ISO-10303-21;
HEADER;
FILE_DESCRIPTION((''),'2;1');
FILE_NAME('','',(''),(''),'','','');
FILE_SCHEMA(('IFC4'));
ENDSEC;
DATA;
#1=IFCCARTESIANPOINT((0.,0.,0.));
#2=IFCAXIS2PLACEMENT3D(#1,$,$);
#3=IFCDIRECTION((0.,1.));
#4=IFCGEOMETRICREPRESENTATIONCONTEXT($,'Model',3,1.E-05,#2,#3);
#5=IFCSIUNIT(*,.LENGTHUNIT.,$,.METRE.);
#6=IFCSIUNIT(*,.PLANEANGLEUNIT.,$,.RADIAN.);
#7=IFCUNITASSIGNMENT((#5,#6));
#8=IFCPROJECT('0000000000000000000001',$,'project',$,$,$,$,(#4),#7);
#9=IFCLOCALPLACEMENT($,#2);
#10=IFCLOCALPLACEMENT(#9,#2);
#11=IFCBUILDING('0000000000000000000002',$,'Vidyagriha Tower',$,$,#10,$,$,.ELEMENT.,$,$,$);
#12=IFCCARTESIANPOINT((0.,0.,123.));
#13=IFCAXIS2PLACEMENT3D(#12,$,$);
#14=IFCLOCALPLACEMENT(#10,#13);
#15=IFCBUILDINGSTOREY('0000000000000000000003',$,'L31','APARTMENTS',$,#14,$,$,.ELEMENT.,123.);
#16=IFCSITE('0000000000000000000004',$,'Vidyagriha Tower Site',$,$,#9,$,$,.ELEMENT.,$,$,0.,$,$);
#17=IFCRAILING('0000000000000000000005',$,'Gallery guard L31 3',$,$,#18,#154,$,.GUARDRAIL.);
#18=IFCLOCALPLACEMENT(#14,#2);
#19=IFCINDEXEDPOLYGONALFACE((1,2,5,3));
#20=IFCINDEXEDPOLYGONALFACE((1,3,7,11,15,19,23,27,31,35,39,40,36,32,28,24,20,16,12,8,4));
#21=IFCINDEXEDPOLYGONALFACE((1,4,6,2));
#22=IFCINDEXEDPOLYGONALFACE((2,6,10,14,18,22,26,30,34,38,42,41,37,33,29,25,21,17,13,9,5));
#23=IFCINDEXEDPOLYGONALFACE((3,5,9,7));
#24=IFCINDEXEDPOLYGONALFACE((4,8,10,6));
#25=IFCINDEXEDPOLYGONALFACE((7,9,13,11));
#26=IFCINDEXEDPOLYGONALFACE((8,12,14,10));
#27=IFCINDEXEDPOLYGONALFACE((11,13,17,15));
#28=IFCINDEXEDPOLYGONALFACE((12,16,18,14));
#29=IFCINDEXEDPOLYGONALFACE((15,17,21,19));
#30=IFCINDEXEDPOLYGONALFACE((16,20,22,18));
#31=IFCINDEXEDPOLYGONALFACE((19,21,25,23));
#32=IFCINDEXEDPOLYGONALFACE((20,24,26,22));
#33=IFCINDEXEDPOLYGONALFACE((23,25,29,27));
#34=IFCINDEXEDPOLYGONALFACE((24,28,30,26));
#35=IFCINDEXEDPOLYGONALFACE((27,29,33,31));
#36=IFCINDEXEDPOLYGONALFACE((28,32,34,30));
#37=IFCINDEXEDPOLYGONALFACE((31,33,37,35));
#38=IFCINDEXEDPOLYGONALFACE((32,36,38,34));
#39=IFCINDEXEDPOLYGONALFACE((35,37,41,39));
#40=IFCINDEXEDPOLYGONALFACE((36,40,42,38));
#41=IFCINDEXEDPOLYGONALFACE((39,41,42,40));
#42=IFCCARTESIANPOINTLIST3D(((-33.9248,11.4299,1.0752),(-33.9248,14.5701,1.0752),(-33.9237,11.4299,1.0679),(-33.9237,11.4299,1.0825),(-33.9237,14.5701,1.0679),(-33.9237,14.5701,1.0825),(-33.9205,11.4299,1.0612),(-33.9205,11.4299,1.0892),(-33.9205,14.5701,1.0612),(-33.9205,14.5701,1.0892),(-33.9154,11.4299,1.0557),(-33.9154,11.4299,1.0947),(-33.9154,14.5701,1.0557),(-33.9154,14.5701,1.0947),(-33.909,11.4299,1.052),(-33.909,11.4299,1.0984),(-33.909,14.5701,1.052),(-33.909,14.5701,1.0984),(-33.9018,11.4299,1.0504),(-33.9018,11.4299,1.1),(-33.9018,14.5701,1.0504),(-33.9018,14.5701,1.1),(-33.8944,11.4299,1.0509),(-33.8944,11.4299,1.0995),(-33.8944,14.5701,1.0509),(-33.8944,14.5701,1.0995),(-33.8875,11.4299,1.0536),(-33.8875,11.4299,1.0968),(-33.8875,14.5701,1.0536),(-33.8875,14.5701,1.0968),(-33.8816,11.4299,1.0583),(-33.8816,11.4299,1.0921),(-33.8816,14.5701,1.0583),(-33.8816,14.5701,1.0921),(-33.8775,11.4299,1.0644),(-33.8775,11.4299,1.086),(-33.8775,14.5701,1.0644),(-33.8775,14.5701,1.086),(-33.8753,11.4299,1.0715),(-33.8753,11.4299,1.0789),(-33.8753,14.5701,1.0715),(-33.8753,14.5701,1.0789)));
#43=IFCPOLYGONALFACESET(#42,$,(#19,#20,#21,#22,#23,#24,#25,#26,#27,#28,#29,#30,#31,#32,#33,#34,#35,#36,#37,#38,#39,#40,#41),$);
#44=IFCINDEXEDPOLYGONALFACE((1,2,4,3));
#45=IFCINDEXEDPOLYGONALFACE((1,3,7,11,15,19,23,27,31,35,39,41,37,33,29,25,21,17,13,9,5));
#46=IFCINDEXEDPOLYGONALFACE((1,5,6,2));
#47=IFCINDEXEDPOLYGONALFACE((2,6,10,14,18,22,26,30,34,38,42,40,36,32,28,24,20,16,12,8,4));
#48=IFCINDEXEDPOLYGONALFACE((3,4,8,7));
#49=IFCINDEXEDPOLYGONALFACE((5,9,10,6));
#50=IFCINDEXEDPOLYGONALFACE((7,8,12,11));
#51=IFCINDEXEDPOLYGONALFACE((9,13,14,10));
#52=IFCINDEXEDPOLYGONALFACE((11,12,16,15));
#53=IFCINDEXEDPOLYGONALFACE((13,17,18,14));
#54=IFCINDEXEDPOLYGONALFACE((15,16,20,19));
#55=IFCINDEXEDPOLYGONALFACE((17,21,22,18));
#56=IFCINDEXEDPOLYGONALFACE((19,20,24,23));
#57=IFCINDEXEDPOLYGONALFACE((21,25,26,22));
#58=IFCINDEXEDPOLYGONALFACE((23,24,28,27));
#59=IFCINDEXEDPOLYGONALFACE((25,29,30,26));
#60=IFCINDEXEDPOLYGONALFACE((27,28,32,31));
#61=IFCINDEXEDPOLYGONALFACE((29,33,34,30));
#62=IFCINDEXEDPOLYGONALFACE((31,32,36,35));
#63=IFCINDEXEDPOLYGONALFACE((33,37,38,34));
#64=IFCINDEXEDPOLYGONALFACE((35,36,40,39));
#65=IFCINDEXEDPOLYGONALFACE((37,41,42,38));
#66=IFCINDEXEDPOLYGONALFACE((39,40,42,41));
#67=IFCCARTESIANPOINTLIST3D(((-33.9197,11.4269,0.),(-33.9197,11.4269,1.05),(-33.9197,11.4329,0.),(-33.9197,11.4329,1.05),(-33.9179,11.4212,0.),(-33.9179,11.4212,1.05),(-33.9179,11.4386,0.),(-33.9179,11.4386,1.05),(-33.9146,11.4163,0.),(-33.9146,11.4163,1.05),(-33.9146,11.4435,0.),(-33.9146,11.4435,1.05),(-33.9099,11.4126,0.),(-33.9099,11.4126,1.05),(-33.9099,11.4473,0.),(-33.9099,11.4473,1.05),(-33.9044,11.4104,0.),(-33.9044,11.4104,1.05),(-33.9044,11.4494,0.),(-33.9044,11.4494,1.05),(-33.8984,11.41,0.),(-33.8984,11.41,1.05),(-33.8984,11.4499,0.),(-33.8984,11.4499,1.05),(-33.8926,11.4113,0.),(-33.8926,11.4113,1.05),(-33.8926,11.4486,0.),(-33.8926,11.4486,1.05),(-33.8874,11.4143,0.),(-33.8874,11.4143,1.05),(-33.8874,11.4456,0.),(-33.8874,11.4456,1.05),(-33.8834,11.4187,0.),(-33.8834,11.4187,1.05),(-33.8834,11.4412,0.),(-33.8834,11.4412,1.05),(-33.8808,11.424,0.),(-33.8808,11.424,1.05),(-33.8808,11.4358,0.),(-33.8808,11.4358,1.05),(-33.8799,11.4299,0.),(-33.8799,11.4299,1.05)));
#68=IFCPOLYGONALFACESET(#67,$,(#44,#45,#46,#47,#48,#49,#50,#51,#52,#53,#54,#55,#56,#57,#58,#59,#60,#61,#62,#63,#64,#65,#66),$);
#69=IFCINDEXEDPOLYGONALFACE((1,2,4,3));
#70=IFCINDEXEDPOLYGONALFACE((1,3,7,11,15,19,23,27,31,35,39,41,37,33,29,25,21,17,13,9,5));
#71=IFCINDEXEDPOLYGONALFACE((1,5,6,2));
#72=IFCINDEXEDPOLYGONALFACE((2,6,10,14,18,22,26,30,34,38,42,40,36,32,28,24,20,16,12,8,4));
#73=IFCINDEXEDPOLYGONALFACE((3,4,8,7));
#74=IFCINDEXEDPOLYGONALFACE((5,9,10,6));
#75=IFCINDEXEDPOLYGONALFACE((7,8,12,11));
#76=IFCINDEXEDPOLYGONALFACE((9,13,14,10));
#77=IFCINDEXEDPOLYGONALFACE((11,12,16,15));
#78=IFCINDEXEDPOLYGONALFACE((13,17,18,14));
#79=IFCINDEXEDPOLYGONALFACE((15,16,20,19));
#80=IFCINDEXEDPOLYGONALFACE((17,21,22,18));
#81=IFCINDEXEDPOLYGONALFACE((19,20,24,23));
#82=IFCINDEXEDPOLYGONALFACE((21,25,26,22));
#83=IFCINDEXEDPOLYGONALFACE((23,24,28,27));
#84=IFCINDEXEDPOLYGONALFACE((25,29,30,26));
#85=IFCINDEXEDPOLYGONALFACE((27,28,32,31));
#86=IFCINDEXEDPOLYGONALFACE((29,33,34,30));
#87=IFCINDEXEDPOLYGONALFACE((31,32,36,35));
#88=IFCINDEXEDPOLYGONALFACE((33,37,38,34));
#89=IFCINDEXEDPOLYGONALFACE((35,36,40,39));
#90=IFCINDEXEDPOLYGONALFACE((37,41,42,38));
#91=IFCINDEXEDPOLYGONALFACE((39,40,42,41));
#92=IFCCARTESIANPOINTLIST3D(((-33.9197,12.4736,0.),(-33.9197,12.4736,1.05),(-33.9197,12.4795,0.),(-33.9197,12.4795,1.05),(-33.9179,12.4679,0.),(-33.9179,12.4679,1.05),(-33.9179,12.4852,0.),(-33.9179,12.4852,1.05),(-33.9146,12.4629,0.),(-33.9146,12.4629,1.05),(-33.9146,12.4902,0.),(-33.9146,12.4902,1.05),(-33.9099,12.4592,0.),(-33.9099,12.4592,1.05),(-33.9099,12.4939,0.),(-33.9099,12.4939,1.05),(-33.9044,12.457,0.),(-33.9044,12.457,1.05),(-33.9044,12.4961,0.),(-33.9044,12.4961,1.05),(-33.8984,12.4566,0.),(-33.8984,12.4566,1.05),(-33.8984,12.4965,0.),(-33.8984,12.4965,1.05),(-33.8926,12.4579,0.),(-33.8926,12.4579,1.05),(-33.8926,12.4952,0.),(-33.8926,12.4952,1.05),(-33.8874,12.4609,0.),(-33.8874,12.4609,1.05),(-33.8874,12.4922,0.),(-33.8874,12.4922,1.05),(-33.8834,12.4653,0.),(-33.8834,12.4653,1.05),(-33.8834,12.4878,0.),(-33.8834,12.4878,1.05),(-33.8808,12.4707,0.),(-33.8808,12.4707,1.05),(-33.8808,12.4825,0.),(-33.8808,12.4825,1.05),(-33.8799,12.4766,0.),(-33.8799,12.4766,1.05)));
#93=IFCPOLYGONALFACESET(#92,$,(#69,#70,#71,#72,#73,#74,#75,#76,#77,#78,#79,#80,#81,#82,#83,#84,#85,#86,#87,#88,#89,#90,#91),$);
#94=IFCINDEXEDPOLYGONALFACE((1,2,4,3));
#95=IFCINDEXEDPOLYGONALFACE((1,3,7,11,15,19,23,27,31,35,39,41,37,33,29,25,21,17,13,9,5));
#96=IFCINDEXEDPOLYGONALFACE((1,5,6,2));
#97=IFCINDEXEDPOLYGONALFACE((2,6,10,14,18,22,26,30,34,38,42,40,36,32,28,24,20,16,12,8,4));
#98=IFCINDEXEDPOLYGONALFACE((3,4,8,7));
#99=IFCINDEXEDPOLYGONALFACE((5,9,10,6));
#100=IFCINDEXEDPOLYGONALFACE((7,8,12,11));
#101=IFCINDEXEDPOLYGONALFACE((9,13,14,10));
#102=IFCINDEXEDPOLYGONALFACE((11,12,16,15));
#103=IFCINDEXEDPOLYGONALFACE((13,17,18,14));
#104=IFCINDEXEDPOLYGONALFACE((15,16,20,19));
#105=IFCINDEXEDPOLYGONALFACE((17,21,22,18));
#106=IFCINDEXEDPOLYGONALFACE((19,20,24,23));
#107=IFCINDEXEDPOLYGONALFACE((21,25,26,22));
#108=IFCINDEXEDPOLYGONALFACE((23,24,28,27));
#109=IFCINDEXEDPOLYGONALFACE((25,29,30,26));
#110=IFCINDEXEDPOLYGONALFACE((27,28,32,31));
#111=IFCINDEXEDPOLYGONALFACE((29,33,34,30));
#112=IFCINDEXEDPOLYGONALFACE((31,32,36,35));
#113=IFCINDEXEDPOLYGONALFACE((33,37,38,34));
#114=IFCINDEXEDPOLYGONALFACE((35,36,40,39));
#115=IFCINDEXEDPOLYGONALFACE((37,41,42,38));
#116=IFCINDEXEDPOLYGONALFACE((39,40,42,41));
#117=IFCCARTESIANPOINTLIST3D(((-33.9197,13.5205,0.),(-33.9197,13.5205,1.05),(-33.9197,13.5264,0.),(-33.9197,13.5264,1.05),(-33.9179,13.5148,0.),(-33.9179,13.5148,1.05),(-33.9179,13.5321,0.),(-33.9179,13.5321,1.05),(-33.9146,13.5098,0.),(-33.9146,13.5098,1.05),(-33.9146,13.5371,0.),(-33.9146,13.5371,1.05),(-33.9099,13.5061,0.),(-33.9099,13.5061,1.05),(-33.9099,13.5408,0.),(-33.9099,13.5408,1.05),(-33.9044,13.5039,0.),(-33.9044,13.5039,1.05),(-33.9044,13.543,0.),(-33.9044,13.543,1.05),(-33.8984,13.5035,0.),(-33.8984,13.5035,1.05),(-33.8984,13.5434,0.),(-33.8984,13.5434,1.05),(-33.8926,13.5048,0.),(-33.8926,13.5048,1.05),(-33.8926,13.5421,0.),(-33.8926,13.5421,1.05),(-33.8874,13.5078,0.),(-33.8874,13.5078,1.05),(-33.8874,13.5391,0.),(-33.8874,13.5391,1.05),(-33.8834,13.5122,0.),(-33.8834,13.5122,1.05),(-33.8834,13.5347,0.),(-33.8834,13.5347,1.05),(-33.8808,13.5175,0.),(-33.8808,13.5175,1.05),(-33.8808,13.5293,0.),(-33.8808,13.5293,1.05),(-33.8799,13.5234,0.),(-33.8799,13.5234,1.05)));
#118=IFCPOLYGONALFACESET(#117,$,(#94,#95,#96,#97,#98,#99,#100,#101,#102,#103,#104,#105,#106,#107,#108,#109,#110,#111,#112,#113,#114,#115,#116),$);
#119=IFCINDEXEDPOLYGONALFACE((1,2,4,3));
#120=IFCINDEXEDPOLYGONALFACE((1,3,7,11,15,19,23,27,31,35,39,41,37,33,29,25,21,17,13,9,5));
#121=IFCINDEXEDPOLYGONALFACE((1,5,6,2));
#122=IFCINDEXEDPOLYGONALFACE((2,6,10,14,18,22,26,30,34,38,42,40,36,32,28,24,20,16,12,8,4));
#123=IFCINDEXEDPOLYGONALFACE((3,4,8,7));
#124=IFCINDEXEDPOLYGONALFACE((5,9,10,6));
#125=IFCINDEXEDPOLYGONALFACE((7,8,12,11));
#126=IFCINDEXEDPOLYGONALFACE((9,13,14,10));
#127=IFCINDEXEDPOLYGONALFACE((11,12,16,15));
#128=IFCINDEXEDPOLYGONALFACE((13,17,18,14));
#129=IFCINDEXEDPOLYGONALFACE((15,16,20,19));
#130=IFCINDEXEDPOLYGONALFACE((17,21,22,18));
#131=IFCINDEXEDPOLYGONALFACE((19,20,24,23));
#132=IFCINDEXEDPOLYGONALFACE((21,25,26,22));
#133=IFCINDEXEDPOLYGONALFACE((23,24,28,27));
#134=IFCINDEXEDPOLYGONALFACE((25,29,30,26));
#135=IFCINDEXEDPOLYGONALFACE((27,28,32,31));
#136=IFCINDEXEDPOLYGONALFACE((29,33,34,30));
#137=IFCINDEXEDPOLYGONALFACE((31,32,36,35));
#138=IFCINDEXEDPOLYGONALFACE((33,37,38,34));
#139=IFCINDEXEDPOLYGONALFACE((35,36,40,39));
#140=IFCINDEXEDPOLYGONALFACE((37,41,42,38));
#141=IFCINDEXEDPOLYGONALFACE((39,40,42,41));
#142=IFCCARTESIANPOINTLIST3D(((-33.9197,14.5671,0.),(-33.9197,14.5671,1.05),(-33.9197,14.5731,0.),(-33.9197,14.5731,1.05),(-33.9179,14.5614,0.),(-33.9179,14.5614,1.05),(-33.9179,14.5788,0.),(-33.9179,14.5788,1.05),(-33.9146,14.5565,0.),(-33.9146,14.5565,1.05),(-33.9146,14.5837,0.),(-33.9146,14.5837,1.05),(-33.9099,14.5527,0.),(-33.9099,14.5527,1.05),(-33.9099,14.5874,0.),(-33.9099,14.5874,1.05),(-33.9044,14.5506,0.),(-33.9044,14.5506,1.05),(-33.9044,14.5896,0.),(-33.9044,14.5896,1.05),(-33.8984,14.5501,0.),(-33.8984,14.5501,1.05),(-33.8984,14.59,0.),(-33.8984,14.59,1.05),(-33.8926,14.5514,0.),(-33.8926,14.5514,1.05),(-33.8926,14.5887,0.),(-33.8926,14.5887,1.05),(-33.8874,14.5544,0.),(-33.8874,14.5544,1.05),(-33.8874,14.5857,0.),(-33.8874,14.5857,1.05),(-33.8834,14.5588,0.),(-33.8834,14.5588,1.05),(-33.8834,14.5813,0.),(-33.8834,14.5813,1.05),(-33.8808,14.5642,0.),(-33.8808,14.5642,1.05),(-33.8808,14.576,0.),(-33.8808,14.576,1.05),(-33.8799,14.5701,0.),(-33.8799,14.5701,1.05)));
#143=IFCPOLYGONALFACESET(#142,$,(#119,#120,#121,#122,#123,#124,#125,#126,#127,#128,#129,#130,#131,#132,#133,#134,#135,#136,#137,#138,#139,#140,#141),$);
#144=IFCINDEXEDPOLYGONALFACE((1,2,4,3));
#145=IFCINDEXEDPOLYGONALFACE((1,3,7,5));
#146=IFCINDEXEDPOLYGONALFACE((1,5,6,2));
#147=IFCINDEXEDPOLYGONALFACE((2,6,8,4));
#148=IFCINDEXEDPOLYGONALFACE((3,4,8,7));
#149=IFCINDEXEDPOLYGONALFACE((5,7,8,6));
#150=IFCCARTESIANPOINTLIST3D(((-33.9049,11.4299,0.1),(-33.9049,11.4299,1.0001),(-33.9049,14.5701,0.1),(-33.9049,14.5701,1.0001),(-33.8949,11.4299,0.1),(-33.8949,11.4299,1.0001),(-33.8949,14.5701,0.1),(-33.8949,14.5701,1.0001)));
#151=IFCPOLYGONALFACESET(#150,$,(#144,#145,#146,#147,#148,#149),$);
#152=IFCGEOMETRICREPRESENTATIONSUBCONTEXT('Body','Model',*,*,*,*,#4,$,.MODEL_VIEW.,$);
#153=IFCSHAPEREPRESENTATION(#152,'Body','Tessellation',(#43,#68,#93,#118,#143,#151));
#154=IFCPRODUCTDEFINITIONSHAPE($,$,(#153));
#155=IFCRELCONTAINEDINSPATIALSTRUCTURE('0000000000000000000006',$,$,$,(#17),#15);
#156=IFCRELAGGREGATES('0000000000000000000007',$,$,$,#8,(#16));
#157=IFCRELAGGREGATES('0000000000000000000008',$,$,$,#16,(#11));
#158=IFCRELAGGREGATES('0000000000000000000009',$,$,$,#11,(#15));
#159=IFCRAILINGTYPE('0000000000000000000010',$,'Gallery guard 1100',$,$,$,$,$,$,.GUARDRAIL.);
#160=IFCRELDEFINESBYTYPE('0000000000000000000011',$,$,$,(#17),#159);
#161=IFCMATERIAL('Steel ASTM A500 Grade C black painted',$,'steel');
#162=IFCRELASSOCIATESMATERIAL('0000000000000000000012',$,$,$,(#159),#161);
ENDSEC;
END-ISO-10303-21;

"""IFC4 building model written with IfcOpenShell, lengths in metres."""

from ifc_helpers import new_model, si_unit, direction, frame, origin, origin_2d, place, context, subcontext, project, spatial, rectangle, circle, extrude, material, type_object, element, save


model = new_model("IFC4")

# Units and contexts
model_context = context("Model", 3, precision=1e-05, world=origin(), true_north=direction((0.0, 1.0)))
body_context = subcontext(model_context, "Body", "Model", "MODEL_VIEW")
ifc_project = project(units=[si_unit("LENGTHUNIT", "METRE"), si_unit("PLANEANGLEUNIT", "RADIAN")], contexts=[model_context])

# Site, building, storey
site_placement = place(None, origin())
site = spatial("IfcSite", under=ifc_project, at=site_placement, Name="Vidyagriha Tower Site", CompositionType="ELEMENT", RefElevation=0.0)
building_placement = place(site_placement, origin())
building = spatial("IfcBuilding", under=site, at=building_placement, Name="Vidyagriha Tower", CompositionType="ELEMENT")
storey_placement = place(building_placement, frame((0.0, 0.0, 123.0)))
storey = spatial("IfcBuildingStorey", under=building, at=storey_placement, Name="L31", Description="APARTMENTS", CompositionType="ELEMENT", Elevation=123.0)

# Railing
ifc_material_1 = material(Name="Steel ASTM A500 Grade C black painted", Category="steel")
railing_type = type_object("IfcRailingType", Name="Gallery guard 1100", PredefinedType="GUARDRAIL", material=ifc_material_1)
railing_1_placement = place(storey_placement, frame((-33.8999, 11.4299, 0.0)))
element("IfcRailing", 1, at=railing_1_placement, inside=storey, type_object=railing_type, Name="Gallery guard L31 3", PredefinedType="GUARDRAIL", context=body_context, shape_type="SweptSolid", body=[
    extrude(circle(Radius=0.0249, at=origin_2d()), frame((0.0, 0.0, 1.0752), z_axis=(0.0, 1.0, 0.0), x_axis=(-1.0, 0.0, 0.0)), (0.0, 0.0, 1.0), 3.1401),
    extrude(circle(Radius=0.02, at=origin_2d()), origin(), (0.0, 0.0, 1.0), 1.05),
    extrude(circle(Radius=0.02, at=origin_2d()), frame((0.0, 1.0466, 0.0)), (0.0, 0.0, 1.0), 1.05),
    extrude(circle(Radius=0.02, at=origin_2d()), frame((0.0, 2.0935, 0.0)), (0.0, 0.0, 1.0), 1.05),
    extrude(circle(Radius=0.02, at=origin_2d()), frame((0.0, 3.1401, 0.0)), (0.0, 0.0, 1.0), 1.05),
    extrude(rectangle(XDim=0.01, YDim=0.9001, at=origin_2d()), frame((0.0, 0.0, 0.55), z_axis=(0.0, 1.0, 0.0), x_axis=(-1.0, 0.0, 0.0)), (0.0, 0.0, 1.0), 3.1401),
])

save(model, "model.ifc")
